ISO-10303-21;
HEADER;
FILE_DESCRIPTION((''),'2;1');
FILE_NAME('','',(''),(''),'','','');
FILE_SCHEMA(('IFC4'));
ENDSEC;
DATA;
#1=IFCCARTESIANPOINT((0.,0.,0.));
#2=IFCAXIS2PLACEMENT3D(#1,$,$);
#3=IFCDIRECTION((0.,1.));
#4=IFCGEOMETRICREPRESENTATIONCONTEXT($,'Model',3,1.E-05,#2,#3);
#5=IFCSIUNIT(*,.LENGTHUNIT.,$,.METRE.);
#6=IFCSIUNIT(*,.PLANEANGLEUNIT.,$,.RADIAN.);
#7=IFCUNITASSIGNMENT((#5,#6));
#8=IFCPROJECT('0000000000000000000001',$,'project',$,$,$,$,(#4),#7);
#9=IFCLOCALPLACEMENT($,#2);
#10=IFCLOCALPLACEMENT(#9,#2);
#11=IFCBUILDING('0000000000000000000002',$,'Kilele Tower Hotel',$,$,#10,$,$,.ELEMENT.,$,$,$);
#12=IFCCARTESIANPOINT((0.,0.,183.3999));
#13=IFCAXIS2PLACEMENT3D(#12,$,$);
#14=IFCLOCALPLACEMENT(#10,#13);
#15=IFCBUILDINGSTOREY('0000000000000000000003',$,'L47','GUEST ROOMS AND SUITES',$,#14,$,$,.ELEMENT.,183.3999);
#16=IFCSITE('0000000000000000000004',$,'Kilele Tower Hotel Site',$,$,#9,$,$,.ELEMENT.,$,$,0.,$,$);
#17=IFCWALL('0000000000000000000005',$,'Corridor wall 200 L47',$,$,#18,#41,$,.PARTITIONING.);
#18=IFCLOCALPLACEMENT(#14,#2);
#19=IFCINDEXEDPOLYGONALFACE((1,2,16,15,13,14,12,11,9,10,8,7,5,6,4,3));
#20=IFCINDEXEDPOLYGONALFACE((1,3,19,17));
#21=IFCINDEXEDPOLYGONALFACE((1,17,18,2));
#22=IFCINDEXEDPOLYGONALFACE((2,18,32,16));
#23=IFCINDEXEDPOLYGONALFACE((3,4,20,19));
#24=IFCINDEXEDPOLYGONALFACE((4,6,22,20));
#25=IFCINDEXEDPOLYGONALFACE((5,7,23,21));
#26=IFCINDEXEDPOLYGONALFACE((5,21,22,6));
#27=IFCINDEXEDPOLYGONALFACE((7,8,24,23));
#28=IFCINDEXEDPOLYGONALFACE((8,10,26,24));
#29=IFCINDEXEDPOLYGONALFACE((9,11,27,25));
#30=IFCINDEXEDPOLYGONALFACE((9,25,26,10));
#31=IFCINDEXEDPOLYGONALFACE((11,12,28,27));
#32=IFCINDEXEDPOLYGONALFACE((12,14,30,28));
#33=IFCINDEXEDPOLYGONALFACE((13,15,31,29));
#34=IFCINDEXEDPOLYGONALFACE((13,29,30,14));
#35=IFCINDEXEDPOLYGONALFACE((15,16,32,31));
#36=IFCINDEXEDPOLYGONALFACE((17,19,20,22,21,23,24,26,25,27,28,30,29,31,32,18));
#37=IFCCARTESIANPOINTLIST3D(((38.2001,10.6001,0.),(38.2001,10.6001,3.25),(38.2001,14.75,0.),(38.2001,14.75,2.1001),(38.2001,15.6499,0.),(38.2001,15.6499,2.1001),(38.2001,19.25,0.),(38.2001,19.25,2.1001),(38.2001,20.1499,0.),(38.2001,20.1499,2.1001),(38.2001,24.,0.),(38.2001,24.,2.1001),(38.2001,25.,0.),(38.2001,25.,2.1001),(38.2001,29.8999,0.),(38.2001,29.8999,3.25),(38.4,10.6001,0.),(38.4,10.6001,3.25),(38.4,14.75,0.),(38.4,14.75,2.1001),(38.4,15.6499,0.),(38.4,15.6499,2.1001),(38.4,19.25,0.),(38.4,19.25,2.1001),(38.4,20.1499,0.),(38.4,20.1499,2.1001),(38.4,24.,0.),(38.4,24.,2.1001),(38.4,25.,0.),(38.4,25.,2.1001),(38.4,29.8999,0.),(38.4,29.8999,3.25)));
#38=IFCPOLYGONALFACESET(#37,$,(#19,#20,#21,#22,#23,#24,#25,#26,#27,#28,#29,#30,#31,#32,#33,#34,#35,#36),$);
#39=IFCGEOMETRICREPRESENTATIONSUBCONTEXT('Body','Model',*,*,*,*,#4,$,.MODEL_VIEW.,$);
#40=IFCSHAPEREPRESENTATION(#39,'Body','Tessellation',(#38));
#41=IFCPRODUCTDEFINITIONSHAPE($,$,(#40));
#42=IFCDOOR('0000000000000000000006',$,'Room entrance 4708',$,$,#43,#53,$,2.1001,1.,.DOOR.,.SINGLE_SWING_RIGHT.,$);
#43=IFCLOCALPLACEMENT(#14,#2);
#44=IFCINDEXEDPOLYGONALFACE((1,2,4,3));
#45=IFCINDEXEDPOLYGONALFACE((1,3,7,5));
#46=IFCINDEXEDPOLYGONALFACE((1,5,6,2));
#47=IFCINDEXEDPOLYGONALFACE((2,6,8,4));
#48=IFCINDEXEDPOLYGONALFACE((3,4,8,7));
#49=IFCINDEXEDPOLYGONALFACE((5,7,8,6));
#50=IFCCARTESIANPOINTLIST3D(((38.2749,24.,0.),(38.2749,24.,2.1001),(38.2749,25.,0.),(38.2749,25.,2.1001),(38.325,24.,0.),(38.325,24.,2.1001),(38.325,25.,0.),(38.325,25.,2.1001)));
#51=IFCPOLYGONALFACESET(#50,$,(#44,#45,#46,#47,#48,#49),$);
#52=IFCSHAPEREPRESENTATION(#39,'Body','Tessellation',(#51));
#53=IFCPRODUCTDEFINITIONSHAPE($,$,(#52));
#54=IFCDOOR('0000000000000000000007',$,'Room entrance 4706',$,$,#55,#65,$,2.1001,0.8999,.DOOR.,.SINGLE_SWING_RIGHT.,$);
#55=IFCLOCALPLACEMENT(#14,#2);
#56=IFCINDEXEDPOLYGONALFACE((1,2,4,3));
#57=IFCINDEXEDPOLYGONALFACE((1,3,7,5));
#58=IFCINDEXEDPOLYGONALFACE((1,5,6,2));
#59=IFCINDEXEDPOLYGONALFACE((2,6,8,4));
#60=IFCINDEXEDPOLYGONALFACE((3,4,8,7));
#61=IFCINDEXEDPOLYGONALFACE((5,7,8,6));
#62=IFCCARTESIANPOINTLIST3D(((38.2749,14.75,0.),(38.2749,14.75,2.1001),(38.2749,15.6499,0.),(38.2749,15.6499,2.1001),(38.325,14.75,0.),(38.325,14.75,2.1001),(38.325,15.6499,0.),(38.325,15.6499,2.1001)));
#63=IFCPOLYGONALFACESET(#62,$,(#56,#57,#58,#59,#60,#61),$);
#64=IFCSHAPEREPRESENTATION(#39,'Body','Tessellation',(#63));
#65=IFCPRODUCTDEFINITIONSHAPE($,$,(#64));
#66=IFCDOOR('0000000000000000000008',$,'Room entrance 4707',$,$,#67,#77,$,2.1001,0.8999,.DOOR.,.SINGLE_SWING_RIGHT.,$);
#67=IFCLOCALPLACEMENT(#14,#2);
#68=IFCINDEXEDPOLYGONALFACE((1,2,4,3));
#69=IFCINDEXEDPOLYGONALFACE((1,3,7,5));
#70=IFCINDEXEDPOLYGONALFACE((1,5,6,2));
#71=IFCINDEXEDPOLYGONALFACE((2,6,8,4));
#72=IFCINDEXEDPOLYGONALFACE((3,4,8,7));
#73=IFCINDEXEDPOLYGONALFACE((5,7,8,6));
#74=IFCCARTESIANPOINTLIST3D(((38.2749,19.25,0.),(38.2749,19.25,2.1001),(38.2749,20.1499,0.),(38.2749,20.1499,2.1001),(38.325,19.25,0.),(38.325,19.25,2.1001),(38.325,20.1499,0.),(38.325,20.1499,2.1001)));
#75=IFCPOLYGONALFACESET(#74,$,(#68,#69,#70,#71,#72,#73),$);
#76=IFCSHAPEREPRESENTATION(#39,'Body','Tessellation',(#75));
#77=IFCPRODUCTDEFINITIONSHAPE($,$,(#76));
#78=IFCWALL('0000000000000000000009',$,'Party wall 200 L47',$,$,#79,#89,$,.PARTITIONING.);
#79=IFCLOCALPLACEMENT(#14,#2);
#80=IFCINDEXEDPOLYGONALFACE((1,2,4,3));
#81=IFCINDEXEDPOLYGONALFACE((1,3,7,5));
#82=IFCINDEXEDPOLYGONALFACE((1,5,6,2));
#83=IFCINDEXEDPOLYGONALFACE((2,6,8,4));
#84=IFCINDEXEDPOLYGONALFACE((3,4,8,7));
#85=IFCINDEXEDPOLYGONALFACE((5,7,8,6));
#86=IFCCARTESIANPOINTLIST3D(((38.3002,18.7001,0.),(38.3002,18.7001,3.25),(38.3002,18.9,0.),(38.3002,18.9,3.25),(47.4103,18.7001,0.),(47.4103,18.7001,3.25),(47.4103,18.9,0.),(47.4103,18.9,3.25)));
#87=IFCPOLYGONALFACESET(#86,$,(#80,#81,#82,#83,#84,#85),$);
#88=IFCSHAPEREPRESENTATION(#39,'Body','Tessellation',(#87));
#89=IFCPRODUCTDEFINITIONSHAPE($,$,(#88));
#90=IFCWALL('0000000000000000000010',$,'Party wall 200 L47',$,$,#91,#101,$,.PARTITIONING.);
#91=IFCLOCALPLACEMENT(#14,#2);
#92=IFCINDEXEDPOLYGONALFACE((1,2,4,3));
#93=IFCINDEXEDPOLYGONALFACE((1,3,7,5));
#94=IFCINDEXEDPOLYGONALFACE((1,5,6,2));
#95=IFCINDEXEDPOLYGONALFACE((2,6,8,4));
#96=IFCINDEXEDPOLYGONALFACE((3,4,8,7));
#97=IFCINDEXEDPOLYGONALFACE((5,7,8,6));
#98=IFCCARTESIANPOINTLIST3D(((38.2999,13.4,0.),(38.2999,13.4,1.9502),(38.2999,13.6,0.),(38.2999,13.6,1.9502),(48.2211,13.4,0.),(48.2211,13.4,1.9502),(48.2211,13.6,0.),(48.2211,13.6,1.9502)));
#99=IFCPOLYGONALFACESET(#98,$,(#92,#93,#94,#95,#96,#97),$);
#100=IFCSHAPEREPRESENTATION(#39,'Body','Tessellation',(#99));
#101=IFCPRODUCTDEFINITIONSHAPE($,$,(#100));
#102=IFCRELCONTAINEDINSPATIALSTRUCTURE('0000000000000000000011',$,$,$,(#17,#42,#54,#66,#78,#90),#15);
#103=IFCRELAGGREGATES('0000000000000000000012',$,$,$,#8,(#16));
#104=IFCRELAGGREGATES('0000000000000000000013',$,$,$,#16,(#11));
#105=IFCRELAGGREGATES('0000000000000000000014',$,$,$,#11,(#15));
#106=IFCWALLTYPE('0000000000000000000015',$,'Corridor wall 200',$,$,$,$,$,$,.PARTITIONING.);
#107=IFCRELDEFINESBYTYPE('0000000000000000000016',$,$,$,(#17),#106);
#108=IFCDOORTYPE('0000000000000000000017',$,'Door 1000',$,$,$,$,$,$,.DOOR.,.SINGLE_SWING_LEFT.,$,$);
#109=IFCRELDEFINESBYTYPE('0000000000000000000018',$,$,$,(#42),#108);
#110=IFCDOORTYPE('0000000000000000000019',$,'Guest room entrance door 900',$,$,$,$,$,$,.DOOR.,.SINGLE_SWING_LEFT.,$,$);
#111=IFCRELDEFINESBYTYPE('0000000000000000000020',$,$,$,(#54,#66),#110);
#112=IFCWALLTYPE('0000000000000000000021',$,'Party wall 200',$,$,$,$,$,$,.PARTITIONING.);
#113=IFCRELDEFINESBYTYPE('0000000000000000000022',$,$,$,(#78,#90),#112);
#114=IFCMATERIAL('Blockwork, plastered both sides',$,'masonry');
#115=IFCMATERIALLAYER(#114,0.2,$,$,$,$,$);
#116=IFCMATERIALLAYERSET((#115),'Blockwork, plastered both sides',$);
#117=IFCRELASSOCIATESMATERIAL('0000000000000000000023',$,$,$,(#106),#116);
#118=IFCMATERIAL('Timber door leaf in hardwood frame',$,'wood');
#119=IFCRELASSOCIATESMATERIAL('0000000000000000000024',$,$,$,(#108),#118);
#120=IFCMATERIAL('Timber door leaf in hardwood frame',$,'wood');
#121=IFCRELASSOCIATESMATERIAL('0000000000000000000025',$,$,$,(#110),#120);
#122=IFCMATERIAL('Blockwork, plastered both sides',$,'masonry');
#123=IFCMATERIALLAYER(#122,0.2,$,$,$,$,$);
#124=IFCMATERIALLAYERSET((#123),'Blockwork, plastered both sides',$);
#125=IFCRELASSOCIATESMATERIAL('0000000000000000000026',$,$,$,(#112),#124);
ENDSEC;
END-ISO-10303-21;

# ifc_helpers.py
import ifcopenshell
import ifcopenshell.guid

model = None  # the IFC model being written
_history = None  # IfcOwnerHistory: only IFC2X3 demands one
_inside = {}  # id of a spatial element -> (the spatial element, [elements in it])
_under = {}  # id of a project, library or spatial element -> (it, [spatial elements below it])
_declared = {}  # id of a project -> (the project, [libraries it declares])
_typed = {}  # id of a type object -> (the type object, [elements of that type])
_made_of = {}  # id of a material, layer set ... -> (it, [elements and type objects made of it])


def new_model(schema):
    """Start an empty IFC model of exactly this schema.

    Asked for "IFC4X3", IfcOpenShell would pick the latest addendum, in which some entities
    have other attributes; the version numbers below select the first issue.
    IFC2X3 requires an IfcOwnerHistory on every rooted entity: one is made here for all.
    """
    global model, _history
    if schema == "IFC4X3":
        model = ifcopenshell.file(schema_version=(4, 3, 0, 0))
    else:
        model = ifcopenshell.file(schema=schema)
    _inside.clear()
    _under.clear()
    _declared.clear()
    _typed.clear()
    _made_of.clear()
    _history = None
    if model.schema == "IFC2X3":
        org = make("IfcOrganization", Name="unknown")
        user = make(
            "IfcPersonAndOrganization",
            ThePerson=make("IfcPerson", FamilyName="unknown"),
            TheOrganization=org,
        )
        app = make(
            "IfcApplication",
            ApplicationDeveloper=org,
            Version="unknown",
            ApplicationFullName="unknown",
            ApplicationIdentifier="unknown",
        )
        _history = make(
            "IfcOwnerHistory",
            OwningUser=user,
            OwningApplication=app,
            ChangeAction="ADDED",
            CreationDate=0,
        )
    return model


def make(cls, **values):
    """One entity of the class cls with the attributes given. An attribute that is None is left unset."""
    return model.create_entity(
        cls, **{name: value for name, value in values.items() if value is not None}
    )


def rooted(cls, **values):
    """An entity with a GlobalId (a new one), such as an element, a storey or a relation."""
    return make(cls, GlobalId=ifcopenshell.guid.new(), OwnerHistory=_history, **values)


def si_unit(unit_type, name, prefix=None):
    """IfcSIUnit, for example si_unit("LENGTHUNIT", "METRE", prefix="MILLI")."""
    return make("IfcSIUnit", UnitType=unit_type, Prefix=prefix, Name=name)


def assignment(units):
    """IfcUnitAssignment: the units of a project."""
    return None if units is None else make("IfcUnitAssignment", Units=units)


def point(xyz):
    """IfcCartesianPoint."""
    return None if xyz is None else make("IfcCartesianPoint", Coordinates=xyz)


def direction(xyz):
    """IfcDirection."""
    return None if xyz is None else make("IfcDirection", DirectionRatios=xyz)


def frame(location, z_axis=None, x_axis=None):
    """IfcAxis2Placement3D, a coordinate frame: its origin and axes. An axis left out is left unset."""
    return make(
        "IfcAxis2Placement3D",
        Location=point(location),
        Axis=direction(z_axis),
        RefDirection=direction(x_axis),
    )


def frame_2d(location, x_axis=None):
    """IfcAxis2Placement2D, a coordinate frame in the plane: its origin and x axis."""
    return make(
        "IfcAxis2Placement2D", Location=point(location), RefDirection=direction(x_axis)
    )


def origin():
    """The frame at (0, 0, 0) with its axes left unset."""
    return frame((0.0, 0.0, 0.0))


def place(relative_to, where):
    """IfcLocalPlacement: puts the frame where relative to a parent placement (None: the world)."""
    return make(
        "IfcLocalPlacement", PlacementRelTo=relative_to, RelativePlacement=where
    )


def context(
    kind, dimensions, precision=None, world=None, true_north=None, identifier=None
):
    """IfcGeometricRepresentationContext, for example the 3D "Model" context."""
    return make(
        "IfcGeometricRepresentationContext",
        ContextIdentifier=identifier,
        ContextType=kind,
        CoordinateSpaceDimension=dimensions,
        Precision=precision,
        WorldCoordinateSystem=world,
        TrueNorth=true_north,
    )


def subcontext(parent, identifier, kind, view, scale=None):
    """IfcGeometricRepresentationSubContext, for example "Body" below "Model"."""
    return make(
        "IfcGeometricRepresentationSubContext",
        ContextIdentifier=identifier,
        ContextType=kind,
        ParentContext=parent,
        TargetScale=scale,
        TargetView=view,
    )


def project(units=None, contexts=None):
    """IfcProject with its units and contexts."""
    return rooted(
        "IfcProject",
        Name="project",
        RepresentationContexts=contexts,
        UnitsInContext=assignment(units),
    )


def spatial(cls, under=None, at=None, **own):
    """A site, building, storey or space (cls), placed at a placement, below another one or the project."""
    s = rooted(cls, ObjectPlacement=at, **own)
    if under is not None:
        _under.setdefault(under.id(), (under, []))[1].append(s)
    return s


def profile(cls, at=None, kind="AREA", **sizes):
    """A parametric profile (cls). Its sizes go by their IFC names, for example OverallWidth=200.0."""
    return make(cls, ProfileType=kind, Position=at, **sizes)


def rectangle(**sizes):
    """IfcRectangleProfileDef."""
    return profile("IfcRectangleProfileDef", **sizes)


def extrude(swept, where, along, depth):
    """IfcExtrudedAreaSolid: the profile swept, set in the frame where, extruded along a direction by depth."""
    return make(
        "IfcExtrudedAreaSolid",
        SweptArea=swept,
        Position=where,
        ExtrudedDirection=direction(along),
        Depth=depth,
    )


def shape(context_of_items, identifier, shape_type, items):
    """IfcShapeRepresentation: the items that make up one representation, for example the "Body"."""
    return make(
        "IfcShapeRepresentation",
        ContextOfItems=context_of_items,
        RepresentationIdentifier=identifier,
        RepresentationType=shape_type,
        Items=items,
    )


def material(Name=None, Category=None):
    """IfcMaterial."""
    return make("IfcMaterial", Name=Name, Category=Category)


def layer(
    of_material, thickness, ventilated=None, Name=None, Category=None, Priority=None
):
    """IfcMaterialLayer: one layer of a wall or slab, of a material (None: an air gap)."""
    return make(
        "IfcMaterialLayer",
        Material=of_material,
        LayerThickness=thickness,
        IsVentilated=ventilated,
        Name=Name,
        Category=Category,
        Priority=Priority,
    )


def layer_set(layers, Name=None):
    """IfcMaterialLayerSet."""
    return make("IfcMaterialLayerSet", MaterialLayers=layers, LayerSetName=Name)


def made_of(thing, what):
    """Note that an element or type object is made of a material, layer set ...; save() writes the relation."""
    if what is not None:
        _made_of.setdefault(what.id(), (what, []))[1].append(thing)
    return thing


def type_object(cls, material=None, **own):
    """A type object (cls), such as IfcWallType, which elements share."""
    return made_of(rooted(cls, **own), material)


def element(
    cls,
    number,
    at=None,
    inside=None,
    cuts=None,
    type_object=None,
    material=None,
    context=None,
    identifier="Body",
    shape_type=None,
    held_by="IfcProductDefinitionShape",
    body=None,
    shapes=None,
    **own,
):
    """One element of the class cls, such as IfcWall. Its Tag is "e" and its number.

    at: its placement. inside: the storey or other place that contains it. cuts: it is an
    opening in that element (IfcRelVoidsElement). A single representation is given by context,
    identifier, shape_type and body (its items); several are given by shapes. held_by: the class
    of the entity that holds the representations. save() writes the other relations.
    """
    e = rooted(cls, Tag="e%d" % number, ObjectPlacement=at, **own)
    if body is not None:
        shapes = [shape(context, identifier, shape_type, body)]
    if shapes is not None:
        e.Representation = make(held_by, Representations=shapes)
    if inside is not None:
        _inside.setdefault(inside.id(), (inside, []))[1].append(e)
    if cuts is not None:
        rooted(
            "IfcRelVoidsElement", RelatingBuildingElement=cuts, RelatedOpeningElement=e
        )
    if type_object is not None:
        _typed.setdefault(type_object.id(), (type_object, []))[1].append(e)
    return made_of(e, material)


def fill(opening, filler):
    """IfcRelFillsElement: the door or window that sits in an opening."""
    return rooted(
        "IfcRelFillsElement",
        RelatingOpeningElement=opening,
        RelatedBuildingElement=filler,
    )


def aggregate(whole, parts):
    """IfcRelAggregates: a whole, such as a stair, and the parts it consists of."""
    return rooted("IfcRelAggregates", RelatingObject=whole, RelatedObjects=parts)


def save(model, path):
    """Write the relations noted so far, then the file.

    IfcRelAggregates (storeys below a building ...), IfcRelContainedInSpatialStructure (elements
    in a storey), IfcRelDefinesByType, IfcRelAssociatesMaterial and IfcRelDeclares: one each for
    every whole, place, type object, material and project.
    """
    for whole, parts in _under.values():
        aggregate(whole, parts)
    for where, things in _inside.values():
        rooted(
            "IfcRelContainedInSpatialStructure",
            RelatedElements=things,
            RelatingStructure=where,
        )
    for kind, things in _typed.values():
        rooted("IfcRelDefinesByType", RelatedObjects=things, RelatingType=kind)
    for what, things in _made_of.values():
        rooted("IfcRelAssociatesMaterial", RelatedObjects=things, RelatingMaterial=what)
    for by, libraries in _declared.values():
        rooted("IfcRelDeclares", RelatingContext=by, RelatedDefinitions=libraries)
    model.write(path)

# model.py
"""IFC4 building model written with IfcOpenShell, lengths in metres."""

from ifc_helpers import new_model, si_unit, direction, frame, frame_2d, origin, place, context, subcontext, project, spatial, rectangle, extrude, material, layer, layer_set, type_object, element, fill, save


model = new_model("IFC4")

# Units and contexts
model_context = context("Model", 3, precision=1e-05, world=origin(), true_north=direction((0.0, 1.0)))
body_context = subcontext(model_context, "Body", "Model", "MODEL_VIEW")
ifc_project = project(units=[si_unit("LENGTHUNIT", "METRE"), si_unit("PLANEANGLEUNIT", "RADIAN")], contexts=[model_context])

# Site, building, storey
site_placement = place(None, origin())
site = spatial("IfcSite", under=ifc_project, at=site_placement, Name="Kilele Tower Hotel Site", CompositionType="ELEMENT", RefElevation=0.0)
building_placement = place(site_placement, origin())
building = spatial("IfcBuilding", under=site, at=building_placement, Name="Kilele Tower Hotel", CompositionType="ELEMENT")
storey_placement = place(building_placement, frame((0.0, 0.0, 183.3999)))
storey = spatial("IfcBuildingStorey", under=building, at=storey_placement, Name="L47", Description="GUEST ROOMS AND SUITES", CompositionType="ELEMENT", Elevation=183.3999)

# Wall, openings, doors
ifc_material_1 = material(Name="Blockwork, plastered both sides", Category="masonry")
ifc_layer_1 = layer(ifc_material_1, 0.2)
ifc_layer_set_1 = layer_set([ifc_layer_1], Name="Blockwork, plastered both sides")
wall_type_1 = type_object("IfcWallType", Name="Corridor wall 200", PredefinedType="PARTITIONING", material=ifc_layer_set_1)
wall_1_placement = place(storey_placement, frame((38.3, 10.6001, 0.0), z_axis=(0.0, 0.0, 1.0), x_axis=(0.0, 1.0, 0.0)))
wall_1 = element("IfcWall", 1, at=wall_1_placement, inside=storey, type_object=wall_type_1, Name="Corridor wall 200 L47", PredefinedType="PARTITIONING", context=body_context, shape_type="SweptSolid", body=[
    extrude(rectangle(XDim=19.2998, YDim=0.2, at=frame_2d((9.6499, 0.0))), origin(), (0.0, 0.0, 1.0), 3.25),
])
opening_1_placement = place(wall_1_placement, frame((5.0498, 0.0, 0.0), z_axis=(0.0, 0.0, 1.0), x_axis=(-1.0, 0.0, 0.0)))
opening_1 = element("IfcOpeningElement", 2, at=opening_1_placement, cuts=wall_1, PredefinedType="OPENING", context=body_context, shape_type="SweptSolid", body=[
    extrude(rectangle(XDim=0.8999, YDim=2.1001, at=frame_2d((0.45, 1.05))), frame((0.0, 0.1099, 0.0), z_axis=(0.0, -1.0, 0.0), x_axis=(1.0, 0.0, 0.0)), (0.0, 0.0, 1.0), 0.22),
])
opening_2_placement = place(wall_1_placement, frame((9.5498, 0.0, 0.0), z_axis=(0.0, 0.0, 1.0), x_axis=(-1.0, 0.0, 0.0)))
opening_2 = element("IfcOpeningElement", 3, at=opening_2_placement, cuts=wall_1, PredefinedType="OPENING", context=body_context, shape_type="SweptSolid", body=[
    extrude(rectangle(XDim=0.8999, YDim=2.1001, at=frame_2d((0.45, 1.05))), frame((0.0, 0.1099, 0.0), z_axis=(0.0, -1.0, 0.0), x_axis=(1.0, 0.0, 0.0)), (0.0, 0.0, 1.0), 0.22),
])
opening_3_placement = place(wall_1_placement, frame((14.3999, 0.0, 0.0), z_axis=(0.0, 0.0, 1.0), x_axis=(-1.0, 0.0, 0.0)))
opening_3 = element("IfcOpeningElement", 4, at=opening_3_placement, cuts=wall_1, PredefinedType="OPENING", context=body_context, shape_type="SweptSolid", body=[
    extrude(rectangle(XDim=1.0, YDim=2.1001, at=frame_2d((0.5, 1.05))), frame((0.0, 0.1099, 0.0), z_axis=(0.0, -1.0, 0.0), x_axis=(1.0, 0.0, 0.0)), (0.0, 0.0, 1.0), 0.22),
])
ifc_material_2 = material(Name="Timber door leaf in hardwood frame", Category="wood")
door_type_1 = type_object("IfcDoorType", Name="Door 1000", OperationType="SINGLE_SWING_LEFT", PredefinedType="DOOR", material=ifc_material_2)
door_1_placement = place(opening_3_placement, origin())
door_1 = element("IfcDoor", 5, at=door_1_placement, inside=storey, type_object=door_type_1, Name="Room entrance 4708", OperationType="SINGLE_SWING_RIGHT", OverallHeight=2.1001, OverallWidth=1.0, PredefinedType="DOOR", context=body_context, shape_type="SweptSolid", body=[
    extrude(rectangle(XDim=1.0, YDim=2.1001, at=frame_2d((0.5, 1.05))), frame((0.0, 0.0249, 0.0), z_axis=(0.0, -1.0, 0.0), x_axis=(1.0, 0.0, 0.0)), (0.0, 0.0, 1.0), 0.05),
])
fill(opening_3, door_1)
ifc_material_3 = material(Name="Timber door leaf in hardwood frame", Category="wood")
door_type_2 = type_object("IfcDoorType", Name="Guest room entrance door 900", OperationType="SINGLE_SWING_LEFT", PredefinedType="DOOR", material=ifc_material_3)
door_2_placement = place(opening_1_placement, origin())
door_2 = element("IfcDoor", 6, at=door_2_placement, inside=storey, type_object=door_type_2, Name="Room entrance 4706", OperationType="SINGLE_SWING_RIGHT", OverallHeight=2.1001, OverallWidth=0.8999, PredefinedType="DOOR", context=body_context, shape_type="SweptSolid", body=[
    extrude(rectangle(XDim=0.8999, YDim=2.1001, at=frame_2d((0.45, 1.05))), frame((0.0, 0.0249, 0.0), z_axis=(0.0, -1.0, 0.0), x_axis=(1.0, 0.0, 0.0)), (0.0, 0.0, 1.0), 0.05),
])
fill(opening_1, door_2)
door_3_placement = place(opening_2_placement, origin())
door_3 = element("IfcDoor", 7, at=door_3_placement, inside=storey, type_object=door_type_2, Name="Room entrance 4707", OperationType="SINGLE_SWING_RIGHT", OverallHeight=2.1001, OverallWidth=0.8999, PredefinedType="DOOR", context=body_context, shape_type="SweptSolid", body=[
    extrude(rectangle(XDim=0.8999, YDim=2.1001, at=frame_2d((0.45, 1.05))), frame((0.0, 0.0249, 0.0), z_axis=(0.0, -1.0, 0.0), x_axis=(1.0, 0.0, 0.0)), (0.0, 0.0, 1.0), 0.05),
])
fill(opening_2, door_3)

# Walls
ifc_material_4 = material(Name="Blockwork, plastered both sides", Category="masonry")
ifc_layer_2 = layer(ifc_material_4, 0.2)
ifc_layer_set_2 = layer_set([ifc_layer_2], Name="Blockwork, plastered both sides")
wall_type_2 = type_object("IfcWallType", Name="Party wall 200", PredefinedType="PARTITIONING", material=ifc_layer_set_2)
wall_2_placement = place(storey_placement, frame((38.3, 18.8, 0.0), z_axis=(0.0, 0.0, 1.0), x_axis=(1.0, 0.0, 0.0)))
element("IfcWall", 8, at=wall_2_placement, inside=storey, type_object=wall_type_2, Name="Party wall 200 L47", PredefinedType="PARTITIONING", context=body_context, shape_type="SweptSolid", body=[
    extrude(rectangle(XDim=9.1101, YDim=0.2, at=frame_2d((4.5552, 0.0))), origin(), (0.0, 0.0, 1.0), 3.25),
])
wall_3_placement = place(storey_placement, frame((38.3, 13.5, 0.0), z_axis=(0.0, 0.0, 1.0), x_axis=(1.0, 0.0, 0.0)))
element("IfcWall", 9, at=wall_3_placement, inside=storey, type_object=wall_type_2, Name="Party wall 200 L47", PredefinedType="PARTITIONING", context=body_context, shape_type="SweptSolid", body=[
    extrude(rectangle(XDim=9.9211, YDim=0.2, at=frame_2d((4.9604, 0.0))), origin(), (0.0, 0.0, 1.0), 1.9502),
])

save(model, "model.ifc")
